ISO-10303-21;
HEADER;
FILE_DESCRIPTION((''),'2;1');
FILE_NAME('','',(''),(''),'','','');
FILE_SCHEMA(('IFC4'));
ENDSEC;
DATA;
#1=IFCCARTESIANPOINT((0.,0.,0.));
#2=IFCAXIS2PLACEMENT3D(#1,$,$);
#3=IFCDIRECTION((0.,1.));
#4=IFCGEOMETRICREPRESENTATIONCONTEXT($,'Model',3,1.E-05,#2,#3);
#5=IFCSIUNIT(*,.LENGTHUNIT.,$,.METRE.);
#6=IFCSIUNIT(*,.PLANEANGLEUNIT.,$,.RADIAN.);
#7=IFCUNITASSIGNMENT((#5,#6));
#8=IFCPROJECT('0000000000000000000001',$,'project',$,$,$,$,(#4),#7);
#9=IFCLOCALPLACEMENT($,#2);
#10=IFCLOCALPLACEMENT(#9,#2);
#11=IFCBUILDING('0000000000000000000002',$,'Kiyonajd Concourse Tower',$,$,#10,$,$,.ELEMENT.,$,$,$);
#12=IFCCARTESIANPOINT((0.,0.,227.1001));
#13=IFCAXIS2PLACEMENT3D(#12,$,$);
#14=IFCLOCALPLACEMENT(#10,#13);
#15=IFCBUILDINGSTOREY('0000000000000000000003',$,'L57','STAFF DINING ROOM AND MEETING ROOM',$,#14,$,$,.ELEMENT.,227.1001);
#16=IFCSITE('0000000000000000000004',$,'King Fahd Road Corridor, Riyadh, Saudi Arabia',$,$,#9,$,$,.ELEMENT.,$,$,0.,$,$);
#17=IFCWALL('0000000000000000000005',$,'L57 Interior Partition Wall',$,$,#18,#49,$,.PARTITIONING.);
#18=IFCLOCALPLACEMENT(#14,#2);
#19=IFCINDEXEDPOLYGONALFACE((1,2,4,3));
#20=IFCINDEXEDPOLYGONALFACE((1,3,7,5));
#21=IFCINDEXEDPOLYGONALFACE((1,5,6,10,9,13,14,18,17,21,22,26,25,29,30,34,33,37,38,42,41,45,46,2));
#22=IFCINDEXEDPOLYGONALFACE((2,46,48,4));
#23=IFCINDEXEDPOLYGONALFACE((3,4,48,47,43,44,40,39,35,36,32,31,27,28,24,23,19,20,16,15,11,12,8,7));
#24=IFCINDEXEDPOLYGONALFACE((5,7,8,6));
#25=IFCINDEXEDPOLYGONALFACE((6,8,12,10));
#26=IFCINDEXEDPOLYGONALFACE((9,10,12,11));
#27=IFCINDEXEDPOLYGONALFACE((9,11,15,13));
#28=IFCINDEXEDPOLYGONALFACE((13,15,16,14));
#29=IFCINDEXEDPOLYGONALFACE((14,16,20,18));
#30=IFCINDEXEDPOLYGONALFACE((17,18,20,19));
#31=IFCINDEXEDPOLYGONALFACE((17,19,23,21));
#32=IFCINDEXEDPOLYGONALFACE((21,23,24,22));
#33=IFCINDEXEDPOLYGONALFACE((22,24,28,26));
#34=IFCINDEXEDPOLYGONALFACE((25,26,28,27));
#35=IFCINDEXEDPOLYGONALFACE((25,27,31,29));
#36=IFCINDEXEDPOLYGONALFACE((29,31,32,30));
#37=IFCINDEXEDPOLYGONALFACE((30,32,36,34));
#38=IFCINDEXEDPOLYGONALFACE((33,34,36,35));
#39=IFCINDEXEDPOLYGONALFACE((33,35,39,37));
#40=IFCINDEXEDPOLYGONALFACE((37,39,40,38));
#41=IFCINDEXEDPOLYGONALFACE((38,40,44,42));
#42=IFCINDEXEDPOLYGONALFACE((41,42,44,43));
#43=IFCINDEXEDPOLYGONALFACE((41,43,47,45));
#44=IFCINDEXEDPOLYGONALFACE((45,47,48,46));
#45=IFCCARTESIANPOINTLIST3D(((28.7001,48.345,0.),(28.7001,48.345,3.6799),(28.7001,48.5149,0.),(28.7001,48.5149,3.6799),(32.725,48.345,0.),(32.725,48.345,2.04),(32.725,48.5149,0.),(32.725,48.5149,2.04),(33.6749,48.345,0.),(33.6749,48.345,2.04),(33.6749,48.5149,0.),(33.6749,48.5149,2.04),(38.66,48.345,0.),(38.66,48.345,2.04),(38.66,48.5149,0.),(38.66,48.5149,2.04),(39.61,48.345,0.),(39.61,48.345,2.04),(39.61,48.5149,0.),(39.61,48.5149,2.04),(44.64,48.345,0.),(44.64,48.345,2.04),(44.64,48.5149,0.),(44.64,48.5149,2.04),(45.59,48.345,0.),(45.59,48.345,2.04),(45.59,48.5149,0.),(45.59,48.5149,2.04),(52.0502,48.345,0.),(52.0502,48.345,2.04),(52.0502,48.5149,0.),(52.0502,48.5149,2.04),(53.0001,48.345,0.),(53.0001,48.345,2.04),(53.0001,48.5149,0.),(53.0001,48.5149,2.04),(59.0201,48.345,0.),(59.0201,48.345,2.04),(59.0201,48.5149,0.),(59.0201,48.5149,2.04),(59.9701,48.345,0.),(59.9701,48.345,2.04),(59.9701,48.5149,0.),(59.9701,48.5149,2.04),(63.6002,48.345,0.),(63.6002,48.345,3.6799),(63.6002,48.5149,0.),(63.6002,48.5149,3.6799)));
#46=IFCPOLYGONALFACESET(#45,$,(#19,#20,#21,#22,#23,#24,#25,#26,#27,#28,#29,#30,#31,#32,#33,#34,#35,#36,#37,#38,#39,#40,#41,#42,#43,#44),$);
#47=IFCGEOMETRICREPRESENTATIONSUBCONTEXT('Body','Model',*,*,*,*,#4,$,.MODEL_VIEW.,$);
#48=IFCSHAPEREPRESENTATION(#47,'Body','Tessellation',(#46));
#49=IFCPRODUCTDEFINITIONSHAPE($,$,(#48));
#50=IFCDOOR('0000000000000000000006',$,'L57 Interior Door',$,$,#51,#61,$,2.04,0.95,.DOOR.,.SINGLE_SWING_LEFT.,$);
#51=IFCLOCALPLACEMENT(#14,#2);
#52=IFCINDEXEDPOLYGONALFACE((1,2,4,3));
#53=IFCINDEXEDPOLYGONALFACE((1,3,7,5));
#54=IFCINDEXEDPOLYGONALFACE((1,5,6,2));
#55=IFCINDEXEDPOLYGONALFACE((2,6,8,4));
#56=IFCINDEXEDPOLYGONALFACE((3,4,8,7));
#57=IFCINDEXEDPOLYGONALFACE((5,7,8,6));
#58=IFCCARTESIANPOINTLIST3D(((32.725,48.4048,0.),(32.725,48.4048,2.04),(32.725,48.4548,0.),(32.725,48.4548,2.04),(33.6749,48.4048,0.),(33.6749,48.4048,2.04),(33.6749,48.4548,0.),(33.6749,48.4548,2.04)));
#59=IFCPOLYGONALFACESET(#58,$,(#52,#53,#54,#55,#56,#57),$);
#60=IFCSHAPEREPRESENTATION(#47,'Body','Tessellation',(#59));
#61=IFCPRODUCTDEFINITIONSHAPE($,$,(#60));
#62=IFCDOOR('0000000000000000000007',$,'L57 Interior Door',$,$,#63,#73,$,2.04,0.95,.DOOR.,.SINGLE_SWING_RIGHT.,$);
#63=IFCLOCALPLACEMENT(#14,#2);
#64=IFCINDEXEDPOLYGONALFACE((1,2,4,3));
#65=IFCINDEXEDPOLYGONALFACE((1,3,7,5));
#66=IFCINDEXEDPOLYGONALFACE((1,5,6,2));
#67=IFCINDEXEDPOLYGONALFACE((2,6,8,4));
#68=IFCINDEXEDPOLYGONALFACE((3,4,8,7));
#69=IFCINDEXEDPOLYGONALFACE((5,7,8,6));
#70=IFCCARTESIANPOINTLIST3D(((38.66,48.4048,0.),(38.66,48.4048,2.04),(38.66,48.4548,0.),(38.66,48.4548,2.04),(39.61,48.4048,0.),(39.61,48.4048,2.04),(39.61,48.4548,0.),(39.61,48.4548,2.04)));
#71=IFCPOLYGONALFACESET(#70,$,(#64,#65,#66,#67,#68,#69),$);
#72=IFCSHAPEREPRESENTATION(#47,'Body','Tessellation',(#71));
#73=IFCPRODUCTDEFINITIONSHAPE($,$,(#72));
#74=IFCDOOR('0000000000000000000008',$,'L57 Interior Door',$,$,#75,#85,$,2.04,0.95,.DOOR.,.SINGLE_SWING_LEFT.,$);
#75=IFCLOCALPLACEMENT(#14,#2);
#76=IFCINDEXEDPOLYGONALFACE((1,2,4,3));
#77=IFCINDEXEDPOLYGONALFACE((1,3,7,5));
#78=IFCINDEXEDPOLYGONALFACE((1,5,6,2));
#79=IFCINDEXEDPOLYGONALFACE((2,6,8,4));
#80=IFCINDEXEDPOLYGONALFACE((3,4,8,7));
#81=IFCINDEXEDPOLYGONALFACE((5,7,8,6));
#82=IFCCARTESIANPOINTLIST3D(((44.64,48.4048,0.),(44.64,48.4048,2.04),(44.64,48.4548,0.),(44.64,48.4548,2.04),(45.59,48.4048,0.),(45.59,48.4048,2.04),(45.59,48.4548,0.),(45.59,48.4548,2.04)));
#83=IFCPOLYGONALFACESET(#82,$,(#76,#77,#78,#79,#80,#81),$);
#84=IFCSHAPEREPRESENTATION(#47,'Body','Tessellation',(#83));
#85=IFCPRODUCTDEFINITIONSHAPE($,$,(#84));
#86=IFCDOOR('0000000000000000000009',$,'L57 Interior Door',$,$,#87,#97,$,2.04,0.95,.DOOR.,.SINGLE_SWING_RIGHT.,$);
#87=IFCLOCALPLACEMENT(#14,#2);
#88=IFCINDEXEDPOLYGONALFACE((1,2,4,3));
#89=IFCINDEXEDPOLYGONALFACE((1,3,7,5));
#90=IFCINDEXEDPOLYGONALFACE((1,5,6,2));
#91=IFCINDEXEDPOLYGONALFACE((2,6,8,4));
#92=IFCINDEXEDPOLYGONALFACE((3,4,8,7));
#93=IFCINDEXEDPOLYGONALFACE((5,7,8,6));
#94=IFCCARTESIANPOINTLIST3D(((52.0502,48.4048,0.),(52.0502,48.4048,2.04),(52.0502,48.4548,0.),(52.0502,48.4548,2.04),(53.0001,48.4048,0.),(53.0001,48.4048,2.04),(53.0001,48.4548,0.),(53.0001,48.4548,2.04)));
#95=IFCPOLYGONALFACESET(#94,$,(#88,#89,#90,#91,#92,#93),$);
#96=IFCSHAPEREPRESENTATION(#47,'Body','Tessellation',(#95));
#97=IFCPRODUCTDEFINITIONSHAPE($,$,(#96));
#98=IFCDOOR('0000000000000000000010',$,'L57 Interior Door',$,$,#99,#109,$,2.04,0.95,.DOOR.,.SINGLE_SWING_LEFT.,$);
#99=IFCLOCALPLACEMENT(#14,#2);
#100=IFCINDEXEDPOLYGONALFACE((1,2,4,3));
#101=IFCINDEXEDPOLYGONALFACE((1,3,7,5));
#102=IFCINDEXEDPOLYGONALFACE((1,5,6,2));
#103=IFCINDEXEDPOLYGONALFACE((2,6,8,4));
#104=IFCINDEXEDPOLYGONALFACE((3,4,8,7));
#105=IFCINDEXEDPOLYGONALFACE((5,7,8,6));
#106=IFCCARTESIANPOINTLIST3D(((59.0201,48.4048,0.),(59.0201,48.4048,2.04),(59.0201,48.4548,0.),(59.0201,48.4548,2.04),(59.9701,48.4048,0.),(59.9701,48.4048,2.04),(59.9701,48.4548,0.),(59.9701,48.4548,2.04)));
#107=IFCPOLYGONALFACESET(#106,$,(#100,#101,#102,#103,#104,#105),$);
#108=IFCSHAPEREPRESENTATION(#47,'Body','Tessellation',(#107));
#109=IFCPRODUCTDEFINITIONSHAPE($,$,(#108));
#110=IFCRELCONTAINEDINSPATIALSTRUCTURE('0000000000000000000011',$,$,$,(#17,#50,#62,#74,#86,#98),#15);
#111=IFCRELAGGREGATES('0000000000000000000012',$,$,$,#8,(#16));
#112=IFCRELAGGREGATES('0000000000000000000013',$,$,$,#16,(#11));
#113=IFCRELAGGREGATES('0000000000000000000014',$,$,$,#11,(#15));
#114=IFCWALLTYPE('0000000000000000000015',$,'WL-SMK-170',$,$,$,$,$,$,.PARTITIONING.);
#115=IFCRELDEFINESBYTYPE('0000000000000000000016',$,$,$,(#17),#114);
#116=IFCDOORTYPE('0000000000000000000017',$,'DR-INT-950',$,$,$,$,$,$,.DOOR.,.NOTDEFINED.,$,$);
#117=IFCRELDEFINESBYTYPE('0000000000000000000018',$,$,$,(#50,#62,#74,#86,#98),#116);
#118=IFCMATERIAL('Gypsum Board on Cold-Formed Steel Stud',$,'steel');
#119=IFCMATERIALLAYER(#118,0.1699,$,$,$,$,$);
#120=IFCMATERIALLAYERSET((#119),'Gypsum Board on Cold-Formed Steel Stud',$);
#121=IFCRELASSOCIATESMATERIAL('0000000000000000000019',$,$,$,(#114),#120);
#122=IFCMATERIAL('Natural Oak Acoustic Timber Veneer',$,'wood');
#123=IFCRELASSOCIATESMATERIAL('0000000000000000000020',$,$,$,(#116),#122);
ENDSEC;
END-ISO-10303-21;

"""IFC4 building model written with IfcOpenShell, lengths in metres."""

from ifc_helpers import new_model, si_unit, direction, frame, frame_2d, origin, place, context, subcontext, project, spatial, rectangle, extrude, material, layer, layer_set, type_object, element, fill, save


model = new_model("IFC4")

# Units and contexts
model_context = context("Model", 3, precision=1e-05, world=origin(), true_north=direction((0.0, 1.0)))
body_context = subcontext(model_context, "Body", "Model", "MODEL_VIEW")
ifc_project = project(units=[si_unit("LENGTHUNIT", "METRE"), si_unit("PLANEANGLEUNIT", "RADIAN")], contexts=[model_context])

# Site, building, storey
site_placement = place(None, origin())
site = spatial("IfcSite", under=ifc_project, at=site_placement, Name="King Fahd Road Corridor, Riyadh, Saudi Arabia", CompositionType="ELEMENT", RefElevation=0.0)
building_placement = place(site_placement, origin())
building = spatial("IfcBuilding", under=site, at=building_placement, Name="Kiyonajd Concourse Tower", CompositionType="ELEMENT")
storey_placement = place(building_placement, frame((0.0, 0.0, 227.1001)))
storey = spatial("IfcBuildingStorey", under=building, at=storey_placement, Name="L57", Description="STAFF DINING ROOM AND MEETING ROOM", CompositionType="ELEMENT", Elevation=227.1001)

# Shared definitions
ifc_material_1 = material(Name="Gypsum Board on Cold-Formed Steel Stud", Category="steel")

# Wall, openings, doors
ifc_layer_1 = layer(ifc_material_1, 0.1699)
ifc_layer_set_1 = layer_set([ifc_layer_1], Name="Gypsum Board on Cold-Formed Steel Stud")
wall_type_1 = type_object("IfcWallType", Name="WL-SMK-170", PredefinedType="PARTITIONING", material=ifc_layer_set_1)
wall_1_placement = place(storey_placement, frame((28.7, 48.4299, 0.0), z_axis=(0.0, 0.0, 1.0), x_axis=(1.0, 0.0, 0.0)))
wall_1 = element("IfcWall", 1, at=wall_1_placement, inside=storey, type_object=wall_type_1, Name="L57 Interior Partition Wall", PredefinedType="PARTITIONING", context=body_context, shape_type="SweptSolid", body=[
    extrude(rectangle(XDim=34.9001, YDim=0.1699, at=frame_2d((17.4502, 0.0))), origin(), (0.0, 0.0, 1.0), 3.6799),
])
opening_1_placement = place(wall_1_placement, frame((4.0249, 0.0, 0.0)))
opening_1 = element("IfcOpeningElement", 2, at=opening_1_placement, cuts=wall_1, PredefinedType="OPENING", context=body_context, shape_type="SweptSolid", body=[
    extrude(rectangle(XDim=0.95, YDim=2.04, at=frame_2d((0.4751, 1.02))), frame((0.0, 0.095, 0.0), z_axis=(0.0, -1.0, 0.0), x_axis=(1.0, 0.0, 0.0)), (0.0, 0.0, 1.0), 0.1899),
])
opening_2_placement = place(wall_1_placement, frame((9.96, 0.0, 0.0)))
opening_2 = element("IfcOpeningElement", 3, at=opening_2_placement, cuts=wall_1, PredefinedType="OPENING", context=body_context, shape_type="SweptSolid", body=[
    extrude(rectangle(XDim=0.95, YDim=2.04, at=frame_2d((0.4751, 1.02))), frame((0.0, 0.095, 0.0), z_axis=(0.0, -1.0, 0.0), x_axis=(1.0, 0.0, 0.0)), (0.0, 0.0, 1.0), 0.1899),
])
opening_3_placement = place(wall_1_placement, frame((15.9399, 0.0, 0.0)))
opening_3 = element("IfcOpeningElement", 4, at=opening_3_placement, cuts=wall_1, PredefinedType="OPENING", context=body_context, shape_type="SweptSolid", body=[
    extrude(rectangle(XDim=0.95, YDim=2.04, at=frame_2d((0.4751, 1.02))), frame((0.0, 0.095, 0.0), z_axis=(0.0, -1.0, 0.0), x_axis=(1.0, 0.0, 0.0)), (0.0, 0.0, 1.0), 0.1899),
])
opening_4_placement = place(wall_1_placement, frame((23.3501, 0.0, 0.0)))
opening_4 = element("IfcOpeningElement", 5, at=opening_4_placement, cuts=wall_1, PredefinedType="OPENING", context=body_context, shape_type="SweptSolid", body=[
    extrude(rectangle(XDim=0.95, YDim=2.04, at=frame_2d((0.4751, 1.02))), frame((0.0, 0.095, 0.0), z_axis=(0.0, -1.0, 0.0), x_axis=(1.0, 0.0, 0.0)), (0.0, 0.0, 1.0), 0.1899),
])
opening_5_placement = place(wall_1_placement, frame((30.3201, 0.0, 0.0)))
opening_5 = element("IfcOpeningElement", 6, at=opening_5_placement, cuts=wall_1, PredefinedType="OPENING", context=body_context, shape_type="SweptSolid", body=[
    extrude(rectangle(XDim=0.95, YDim=2.04, at=frame_2d((0.4751, 1.02))), frame((0.0, 0.095, 0.0), z_axis=(0.0, -1.0, 0.0), x_axis=(1.0, 0.0, 0.0)), (0.0, 0.0, 1.0), 0.1899),
])
ifc_material_2 = material(Name="Natural Oak Acoustic Timber Veneer", Category="wood")
door_type = type_object("IfcDoorType", Name="DR-INT-950", OperationType="NOTDEFINED", PredefinedType="DOOR", material=ifc_material_2)
door_1_placement = place(opening_1_placement, origin())
door_1 = element("IfcDoor", 7, at=door_1_placement, inside=storey, type_object=door_type, Name="L57 Interior Door", OperationType="SINGLE_SWING_LEFT", OverallHeight=2.04, OverallWidth=0.95, PredefinedType="DOOR", context=body_context, shape_type="SweptSolid", body=[
    extrude(rectangle(XDim=0.95, YDim=2.04, at=frame_2d((0.4751, 1.02))), frame((0.0, 0.0249, 0.0), z_axis=(0.0, -1.0, 0.0), x_axis=(1.0, 0.0, 0.0)), (0.0, 0.0, 1.0), 0.05),
])
fill(opening_1, door_1)
door_2_placement = place(opening_2_placement, origin())
door_2 = element("IfcDoor", 8, at=door_2_placement, inside=storey, type_object=door_type, Name="L57 Interior Door", OperationType="SINGLE_SWING_RIGHT", OverallHeight=2.04, OverallWidth=0.95, PredefinedType="DOOR", context=body_context, shape_type="SweptSolid", body=[
    extrude(rectangle(XDim=0.95, YDim=2.04, at=frame_2d((0.4751, 1.02))), frame((0.0, 0.0249, 0.0), z_axis=(0.0, -1.0, 0.0), x_axis=(1.0, 0.0, 0.0)), (0.0, 0.0, 1.0), 0.05),
])
fill(opening_2, door_2)
door_3_placement = place(opening_3_placement, origin())
door_3 = element("IfcDoor", 9, at=door_3_placement, inside=storey, type_object=door_type, Name="L57 Interior Door", OperationType="SINGLE_SWING_LEFT", OverallHeight=2.04, OverallWidth=0.95, PredefinedType="DOOR", context=body_context, shape_type="SweptSolid", body=[
    extrude(rectangle(XDim=0.95, YDim=2.04, at=frame_2d((0.4751, 1.02))), frame((0.0, 0.0249, 0.0), z_axis=(0.0, -1.0, 0.0), x_axis=(1.0, 0.0, 0.0)), (0.0, 0.0, 1.0), 0.05),
])
fill(opening_3, door_3)
door_4_placement = place(opening_4_placement, origin())
door_4 = element("IfcDoor", 10, at=door_4_placement, inside=storey, type_object=door_type, Name="L57 Interior Door", OperationType="SINGLE_SWING_RIGHT", OverallHeight=2.04, OverallWidth=0.95, PredefinedType="DOOR", context=body_context, shape_type="SweptSolid", body=[
    extrude(rectangle(XDim=0.95, YDim=2.04, at=frame_2d((0.4751, 1.02))), frame((0.0, 0.0249, 0.0), z_axis=(0.0, -1.0, 0.0), x_axis=(1.0, 0.0, 0.0)), (0.0, 0.0, 1.0), 0.05),
])
fill(opening_4, door_4)
door_5_placement = place(opening_5_placement, origin())
door_5 = element("IfcDoor", 11, at=door_5_placement, inside=storey, type_object=door_type, Name="L57 Interior Door", OperationType="SINGLE_SWING_LEFT", OverallHeight=2.04, OverallWidth=0.95, PredefinedType="DOOR", context=body_context, shape_type="SweptSolid", body=[
    extrude(rectangle(XDim=0.95, YDim=2.04, at=frame_2d((0.4751, 1.02))), frame((0.0, 0.0249, 0.0), z_axis=(0.0, -1.0, 0.0), x_axis=(1.0, 0.0, 0.0)), (0.0, 0.0, 1.0), 0.05),
])
fill(opening_5, door_5)

save(model, "model.ifc")
